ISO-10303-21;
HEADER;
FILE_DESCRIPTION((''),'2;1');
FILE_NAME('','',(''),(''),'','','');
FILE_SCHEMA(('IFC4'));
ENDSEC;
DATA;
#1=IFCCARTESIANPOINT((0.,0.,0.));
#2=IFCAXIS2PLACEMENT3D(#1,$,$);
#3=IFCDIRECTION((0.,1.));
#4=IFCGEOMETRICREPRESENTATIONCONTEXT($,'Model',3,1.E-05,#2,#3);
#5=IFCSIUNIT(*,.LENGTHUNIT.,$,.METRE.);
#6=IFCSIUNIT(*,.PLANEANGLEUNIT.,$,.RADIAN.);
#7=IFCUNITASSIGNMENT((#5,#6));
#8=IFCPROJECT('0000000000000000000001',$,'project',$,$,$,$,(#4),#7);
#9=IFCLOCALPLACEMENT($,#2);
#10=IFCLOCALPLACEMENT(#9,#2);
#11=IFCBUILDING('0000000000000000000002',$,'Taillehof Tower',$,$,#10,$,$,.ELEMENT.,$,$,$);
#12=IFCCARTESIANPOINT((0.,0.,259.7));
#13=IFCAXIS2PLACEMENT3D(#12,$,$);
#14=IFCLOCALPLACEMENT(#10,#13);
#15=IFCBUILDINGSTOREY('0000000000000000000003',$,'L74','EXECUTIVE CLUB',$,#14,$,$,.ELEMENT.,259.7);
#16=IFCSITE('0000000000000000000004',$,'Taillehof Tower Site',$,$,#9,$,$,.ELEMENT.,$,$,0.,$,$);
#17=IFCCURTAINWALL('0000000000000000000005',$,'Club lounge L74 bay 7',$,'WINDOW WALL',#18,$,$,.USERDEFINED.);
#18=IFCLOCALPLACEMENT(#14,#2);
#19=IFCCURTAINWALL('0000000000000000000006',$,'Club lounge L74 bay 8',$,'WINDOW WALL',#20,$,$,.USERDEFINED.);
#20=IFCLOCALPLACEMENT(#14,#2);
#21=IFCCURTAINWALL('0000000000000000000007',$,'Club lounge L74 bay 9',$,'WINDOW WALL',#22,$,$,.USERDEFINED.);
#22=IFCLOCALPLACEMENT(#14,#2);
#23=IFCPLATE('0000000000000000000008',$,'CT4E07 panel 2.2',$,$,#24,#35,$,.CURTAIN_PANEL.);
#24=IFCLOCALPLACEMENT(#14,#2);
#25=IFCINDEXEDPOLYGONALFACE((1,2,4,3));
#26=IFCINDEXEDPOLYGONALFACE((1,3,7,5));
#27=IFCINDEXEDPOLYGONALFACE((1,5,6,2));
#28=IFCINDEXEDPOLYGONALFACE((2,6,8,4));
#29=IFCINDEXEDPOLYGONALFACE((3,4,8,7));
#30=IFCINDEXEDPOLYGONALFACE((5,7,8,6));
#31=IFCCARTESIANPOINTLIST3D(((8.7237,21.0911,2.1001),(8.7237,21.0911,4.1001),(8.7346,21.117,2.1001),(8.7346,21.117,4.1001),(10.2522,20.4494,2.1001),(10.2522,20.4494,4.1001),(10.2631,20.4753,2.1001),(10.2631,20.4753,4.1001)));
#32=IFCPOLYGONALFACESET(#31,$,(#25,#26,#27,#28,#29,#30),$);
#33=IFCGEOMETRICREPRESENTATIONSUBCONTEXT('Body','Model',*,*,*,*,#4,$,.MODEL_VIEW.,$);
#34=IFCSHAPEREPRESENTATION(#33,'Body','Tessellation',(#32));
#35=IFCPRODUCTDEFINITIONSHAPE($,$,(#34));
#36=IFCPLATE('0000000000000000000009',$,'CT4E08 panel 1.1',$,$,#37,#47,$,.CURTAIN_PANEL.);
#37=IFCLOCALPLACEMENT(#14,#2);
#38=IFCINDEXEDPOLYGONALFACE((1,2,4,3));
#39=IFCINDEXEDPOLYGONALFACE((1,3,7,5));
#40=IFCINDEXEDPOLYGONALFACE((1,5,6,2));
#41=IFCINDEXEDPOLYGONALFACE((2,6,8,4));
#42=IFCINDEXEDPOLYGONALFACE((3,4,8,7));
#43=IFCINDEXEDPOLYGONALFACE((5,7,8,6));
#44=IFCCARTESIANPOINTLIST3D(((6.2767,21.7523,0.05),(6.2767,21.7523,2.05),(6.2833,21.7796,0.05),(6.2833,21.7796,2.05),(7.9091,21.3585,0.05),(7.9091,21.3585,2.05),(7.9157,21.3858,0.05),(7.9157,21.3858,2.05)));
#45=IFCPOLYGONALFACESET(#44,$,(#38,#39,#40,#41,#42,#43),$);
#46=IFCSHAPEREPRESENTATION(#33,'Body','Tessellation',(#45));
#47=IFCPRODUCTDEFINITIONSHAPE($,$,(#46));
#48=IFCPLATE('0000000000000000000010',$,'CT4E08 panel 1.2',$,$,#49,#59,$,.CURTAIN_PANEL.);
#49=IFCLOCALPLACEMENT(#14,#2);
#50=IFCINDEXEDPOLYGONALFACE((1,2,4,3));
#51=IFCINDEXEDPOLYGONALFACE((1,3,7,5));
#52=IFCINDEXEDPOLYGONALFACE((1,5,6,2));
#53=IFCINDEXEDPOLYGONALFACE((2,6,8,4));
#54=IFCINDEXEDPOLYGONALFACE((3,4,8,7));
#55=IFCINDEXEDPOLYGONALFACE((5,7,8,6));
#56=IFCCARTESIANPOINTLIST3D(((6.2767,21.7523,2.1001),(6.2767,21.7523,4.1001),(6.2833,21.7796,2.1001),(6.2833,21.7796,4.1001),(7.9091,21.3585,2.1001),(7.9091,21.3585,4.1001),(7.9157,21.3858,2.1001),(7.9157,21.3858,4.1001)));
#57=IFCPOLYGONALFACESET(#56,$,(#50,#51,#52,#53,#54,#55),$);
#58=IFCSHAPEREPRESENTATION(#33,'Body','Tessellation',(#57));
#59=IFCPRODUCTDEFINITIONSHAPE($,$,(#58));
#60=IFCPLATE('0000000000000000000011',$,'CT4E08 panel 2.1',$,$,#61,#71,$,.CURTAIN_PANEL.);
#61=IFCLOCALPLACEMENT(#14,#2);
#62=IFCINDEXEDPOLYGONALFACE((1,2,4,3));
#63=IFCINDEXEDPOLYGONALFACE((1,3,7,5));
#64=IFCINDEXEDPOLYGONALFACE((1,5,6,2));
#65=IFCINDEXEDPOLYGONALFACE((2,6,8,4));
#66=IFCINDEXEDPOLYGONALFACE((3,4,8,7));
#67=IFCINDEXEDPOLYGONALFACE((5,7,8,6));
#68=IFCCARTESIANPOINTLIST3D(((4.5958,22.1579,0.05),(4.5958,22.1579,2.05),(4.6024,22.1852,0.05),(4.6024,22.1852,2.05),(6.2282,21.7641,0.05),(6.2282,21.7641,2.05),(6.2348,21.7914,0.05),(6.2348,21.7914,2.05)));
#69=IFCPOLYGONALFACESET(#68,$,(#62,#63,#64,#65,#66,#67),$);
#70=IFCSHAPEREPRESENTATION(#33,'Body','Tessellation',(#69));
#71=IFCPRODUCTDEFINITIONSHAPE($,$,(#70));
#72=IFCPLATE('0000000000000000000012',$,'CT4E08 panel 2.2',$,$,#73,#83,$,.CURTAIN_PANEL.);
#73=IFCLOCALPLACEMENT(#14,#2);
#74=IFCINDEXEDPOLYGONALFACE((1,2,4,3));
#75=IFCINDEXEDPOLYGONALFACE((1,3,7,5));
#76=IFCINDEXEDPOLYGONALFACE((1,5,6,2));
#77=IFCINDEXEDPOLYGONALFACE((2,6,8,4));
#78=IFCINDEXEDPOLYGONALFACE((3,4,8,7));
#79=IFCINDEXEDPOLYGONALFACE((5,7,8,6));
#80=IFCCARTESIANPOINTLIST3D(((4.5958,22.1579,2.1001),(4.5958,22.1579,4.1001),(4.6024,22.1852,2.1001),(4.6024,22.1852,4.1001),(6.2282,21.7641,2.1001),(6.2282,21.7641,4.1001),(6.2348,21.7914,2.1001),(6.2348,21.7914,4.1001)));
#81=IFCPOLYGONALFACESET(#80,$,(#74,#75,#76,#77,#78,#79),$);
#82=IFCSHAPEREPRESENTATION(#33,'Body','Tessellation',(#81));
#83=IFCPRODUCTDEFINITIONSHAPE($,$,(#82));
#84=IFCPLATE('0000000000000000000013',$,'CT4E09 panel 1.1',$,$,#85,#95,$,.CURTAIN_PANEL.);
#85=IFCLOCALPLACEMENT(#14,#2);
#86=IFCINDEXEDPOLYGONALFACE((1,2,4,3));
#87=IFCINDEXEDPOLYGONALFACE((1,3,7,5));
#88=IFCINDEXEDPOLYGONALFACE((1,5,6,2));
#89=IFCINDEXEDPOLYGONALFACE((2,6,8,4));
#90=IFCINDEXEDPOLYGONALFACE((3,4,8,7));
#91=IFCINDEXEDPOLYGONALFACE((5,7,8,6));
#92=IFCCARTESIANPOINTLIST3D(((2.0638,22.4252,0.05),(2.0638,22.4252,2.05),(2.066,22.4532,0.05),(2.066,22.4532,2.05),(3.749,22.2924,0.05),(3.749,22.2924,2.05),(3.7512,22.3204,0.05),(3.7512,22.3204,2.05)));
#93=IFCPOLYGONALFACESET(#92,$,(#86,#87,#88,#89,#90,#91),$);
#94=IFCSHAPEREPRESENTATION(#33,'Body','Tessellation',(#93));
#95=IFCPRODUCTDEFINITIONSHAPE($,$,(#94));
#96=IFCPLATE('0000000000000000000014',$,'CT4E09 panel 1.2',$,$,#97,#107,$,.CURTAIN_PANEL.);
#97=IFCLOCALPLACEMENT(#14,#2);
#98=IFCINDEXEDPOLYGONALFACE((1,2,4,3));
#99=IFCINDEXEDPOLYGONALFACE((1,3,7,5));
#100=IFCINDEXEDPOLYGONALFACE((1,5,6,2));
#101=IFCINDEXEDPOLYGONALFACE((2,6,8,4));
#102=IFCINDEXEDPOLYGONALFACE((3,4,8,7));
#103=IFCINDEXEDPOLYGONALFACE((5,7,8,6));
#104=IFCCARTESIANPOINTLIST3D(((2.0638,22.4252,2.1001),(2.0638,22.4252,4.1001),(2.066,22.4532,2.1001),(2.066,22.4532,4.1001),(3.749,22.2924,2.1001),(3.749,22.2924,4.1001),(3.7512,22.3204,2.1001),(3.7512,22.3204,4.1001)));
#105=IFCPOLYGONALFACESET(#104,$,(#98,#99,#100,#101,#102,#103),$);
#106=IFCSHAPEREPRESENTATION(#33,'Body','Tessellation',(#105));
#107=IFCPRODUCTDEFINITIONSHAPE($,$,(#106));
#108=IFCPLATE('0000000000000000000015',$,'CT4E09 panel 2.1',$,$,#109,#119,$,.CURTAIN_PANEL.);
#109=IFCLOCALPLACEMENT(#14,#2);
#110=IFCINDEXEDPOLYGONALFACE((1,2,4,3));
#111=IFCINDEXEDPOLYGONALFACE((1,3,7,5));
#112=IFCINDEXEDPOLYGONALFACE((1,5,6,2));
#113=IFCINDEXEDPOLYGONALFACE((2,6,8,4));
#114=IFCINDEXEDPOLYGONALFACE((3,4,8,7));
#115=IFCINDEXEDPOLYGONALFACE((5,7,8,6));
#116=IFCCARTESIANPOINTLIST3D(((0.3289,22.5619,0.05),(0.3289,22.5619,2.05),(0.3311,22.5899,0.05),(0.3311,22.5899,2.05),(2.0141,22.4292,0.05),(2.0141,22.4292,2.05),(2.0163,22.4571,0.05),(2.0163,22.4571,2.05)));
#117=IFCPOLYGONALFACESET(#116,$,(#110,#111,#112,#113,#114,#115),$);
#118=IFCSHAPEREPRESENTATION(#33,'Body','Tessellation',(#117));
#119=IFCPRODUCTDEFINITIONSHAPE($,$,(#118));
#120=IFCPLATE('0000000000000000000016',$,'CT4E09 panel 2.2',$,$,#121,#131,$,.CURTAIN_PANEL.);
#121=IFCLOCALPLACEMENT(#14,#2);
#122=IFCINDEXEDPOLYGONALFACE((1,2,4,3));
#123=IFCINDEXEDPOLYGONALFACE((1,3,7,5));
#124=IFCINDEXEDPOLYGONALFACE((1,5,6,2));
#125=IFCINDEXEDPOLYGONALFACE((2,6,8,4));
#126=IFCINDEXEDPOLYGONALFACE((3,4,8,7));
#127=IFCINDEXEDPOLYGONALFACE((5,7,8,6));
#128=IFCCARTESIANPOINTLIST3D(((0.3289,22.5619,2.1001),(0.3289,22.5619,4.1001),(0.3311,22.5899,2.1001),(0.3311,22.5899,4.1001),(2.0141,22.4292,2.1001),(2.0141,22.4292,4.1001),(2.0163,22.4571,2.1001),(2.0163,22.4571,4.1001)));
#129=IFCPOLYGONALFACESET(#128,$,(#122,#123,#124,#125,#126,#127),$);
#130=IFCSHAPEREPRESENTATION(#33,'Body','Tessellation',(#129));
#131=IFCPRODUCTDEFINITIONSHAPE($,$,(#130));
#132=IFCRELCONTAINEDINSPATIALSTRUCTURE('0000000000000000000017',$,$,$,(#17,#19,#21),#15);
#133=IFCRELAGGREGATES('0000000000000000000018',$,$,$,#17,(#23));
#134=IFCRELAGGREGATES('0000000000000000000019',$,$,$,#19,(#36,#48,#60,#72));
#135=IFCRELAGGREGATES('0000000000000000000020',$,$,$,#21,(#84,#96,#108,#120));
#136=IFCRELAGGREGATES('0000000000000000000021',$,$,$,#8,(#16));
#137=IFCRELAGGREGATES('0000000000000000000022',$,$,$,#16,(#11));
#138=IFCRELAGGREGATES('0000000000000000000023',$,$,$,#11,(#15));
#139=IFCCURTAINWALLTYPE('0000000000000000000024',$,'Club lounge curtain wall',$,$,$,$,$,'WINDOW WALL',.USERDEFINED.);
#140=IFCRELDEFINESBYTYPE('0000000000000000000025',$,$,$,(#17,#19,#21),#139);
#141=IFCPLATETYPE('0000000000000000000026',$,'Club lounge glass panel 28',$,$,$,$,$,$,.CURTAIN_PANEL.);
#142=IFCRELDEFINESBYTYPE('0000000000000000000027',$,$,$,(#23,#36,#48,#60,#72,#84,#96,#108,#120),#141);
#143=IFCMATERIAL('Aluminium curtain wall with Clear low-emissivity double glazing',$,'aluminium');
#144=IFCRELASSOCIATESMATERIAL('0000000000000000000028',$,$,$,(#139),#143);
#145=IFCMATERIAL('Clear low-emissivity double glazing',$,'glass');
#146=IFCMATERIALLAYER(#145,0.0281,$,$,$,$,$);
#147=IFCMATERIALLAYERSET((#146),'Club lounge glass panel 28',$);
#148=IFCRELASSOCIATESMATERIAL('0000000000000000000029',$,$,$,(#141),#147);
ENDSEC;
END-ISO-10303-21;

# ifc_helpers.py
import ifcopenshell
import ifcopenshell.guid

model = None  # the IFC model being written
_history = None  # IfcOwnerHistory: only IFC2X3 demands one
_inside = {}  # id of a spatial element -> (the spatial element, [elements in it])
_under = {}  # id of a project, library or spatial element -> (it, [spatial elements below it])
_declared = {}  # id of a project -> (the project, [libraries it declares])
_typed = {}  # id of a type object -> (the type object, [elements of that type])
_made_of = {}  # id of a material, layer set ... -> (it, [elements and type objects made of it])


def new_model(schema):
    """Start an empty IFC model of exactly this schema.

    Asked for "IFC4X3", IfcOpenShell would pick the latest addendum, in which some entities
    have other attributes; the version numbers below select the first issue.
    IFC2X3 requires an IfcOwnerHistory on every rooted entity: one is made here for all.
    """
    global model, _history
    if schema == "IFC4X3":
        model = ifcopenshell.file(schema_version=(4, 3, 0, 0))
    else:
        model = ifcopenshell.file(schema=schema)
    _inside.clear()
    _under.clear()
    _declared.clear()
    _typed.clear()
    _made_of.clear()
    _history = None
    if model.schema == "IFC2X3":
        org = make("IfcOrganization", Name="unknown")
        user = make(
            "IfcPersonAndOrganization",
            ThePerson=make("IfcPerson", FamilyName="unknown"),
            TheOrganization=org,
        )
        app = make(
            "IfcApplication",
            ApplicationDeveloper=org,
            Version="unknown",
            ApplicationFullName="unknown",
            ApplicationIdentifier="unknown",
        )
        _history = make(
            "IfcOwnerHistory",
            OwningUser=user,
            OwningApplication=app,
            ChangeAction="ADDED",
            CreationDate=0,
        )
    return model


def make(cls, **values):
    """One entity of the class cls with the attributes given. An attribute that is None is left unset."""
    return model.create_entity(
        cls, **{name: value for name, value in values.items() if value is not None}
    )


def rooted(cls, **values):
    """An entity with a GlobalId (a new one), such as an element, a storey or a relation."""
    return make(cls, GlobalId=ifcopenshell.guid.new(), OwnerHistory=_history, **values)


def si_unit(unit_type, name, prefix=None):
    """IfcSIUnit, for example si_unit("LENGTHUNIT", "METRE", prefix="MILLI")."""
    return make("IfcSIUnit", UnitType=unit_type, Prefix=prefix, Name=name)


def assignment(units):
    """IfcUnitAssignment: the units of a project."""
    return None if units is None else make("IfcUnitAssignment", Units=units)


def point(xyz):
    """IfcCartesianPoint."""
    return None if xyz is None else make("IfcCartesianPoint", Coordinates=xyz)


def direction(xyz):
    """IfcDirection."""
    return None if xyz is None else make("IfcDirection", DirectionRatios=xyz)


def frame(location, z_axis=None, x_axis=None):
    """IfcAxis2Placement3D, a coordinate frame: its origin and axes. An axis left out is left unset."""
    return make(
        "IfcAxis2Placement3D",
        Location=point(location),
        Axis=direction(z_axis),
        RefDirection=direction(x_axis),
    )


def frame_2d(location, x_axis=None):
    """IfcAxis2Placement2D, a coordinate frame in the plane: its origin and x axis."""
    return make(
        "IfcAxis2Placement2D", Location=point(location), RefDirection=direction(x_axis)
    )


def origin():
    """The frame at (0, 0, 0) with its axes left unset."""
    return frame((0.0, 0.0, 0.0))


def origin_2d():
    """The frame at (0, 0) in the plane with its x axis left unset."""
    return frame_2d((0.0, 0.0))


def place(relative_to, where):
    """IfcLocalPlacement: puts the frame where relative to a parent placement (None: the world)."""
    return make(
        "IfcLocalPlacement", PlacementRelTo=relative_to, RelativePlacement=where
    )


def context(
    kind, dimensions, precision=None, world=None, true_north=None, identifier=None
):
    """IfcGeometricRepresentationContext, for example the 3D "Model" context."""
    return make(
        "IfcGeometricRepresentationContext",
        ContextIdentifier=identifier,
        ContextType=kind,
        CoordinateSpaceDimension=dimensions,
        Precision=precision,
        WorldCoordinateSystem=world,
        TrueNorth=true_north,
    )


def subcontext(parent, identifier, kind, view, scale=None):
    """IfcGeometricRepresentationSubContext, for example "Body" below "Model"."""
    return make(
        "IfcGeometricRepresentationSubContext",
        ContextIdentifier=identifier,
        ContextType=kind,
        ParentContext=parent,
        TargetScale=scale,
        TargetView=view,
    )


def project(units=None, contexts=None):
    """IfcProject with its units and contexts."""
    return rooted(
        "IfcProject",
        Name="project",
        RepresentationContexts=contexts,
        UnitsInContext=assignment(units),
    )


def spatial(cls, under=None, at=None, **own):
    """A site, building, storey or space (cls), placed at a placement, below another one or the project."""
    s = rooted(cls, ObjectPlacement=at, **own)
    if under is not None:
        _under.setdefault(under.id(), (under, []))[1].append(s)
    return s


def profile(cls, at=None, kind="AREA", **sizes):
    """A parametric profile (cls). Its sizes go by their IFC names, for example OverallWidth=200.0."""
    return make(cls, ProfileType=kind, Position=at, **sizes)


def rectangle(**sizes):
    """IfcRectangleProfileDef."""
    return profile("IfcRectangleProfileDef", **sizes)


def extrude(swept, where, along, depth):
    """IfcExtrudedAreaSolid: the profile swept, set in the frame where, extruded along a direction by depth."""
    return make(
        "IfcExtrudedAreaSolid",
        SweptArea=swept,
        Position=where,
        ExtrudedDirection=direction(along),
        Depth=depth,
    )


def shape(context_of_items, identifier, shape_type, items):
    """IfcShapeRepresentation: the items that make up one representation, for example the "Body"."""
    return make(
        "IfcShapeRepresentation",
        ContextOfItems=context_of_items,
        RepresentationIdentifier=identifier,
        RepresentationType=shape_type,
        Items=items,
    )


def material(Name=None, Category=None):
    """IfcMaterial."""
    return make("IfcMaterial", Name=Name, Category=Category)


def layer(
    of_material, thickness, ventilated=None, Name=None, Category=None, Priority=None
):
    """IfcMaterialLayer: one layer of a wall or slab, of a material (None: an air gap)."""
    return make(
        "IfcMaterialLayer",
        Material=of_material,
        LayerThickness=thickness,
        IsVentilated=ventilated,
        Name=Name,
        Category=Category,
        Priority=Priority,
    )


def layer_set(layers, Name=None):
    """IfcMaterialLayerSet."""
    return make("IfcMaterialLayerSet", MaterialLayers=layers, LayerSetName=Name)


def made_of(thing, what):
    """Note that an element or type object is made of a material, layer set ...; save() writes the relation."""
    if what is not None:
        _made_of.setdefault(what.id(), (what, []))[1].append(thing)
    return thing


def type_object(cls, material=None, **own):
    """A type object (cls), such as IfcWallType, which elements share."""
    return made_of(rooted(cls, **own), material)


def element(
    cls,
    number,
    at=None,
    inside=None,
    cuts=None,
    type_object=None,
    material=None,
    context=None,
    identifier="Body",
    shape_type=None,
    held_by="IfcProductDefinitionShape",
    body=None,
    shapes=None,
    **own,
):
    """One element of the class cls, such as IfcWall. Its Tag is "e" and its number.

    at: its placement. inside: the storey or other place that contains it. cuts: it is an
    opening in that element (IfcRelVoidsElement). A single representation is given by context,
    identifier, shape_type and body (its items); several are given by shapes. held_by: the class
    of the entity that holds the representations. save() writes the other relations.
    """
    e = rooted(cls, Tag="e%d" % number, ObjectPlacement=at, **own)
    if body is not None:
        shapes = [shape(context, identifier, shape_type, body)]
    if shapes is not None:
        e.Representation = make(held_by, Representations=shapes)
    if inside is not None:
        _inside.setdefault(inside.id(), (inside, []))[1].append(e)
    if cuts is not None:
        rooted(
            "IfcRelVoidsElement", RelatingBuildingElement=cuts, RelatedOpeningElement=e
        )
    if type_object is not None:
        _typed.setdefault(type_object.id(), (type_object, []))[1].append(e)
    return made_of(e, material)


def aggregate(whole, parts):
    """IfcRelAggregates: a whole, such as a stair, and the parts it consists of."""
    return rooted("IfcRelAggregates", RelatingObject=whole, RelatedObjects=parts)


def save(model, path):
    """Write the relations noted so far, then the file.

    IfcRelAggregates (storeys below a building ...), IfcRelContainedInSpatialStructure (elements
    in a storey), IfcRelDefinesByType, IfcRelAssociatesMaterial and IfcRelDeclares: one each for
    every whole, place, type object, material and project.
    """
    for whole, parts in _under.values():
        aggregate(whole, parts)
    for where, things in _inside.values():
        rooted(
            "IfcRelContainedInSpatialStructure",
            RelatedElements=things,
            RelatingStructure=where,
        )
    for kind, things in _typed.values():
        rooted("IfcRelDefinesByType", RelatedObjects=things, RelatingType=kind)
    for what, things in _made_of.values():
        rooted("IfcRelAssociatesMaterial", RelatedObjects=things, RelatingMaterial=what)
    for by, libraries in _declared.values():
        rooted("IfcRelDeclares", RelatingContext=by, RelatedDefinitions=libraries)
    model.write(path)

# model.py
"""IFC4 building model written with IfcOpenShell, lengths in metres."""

from ifc_helpers import new_model, si_unit, direction, frame, origin, origin_2d, place, context, subcontext, project, spatial, rectangle, extrude, material, layer, layer_set, type_object, element, aggregate, save


model = new_model("IFC4")

# Units and contexts
model_context = context("Model", 3, precision=1e-05, world=origin(), true_north=direction((0.0, 1.0)))
body_context = subcontext(model_context, "Body", "Model", "MODEL_VIEW")
ifc_project = project(units=[si_unit("LENGTHUNIT", "METRE"), si_unit("PLANEANGLEUNIT", "RADIAN")], contexts=[model_context])

# Site, building, storey
site_placement = place(None, origin())
site = spatial("IfcSite", under=ifc_project, at=site_placement, Name="Taillehof Tower Site", CompositionType="ELEMENT", RefElevation=0.0)
building_placement = place(site_placement, origin())
building = spatial("IfcBuilding", under=site, at=building_placement, Name="Taillehof Tower", CompositionType="ELEMENT")
storey_placement = place(building_placement, frame((0.0, 0.0, 259.7)))
storey = spatial("IfcBuildingStorey", under=building, at=storey_placement, Name="L74", Description="EXECUTIVE CLUB", CompositionType="ELEMENT", Elevation=259.7)

# Curtain wall
ifc_material_1 = material(Name="Aluminium curtain wall with Clear low-emissivity double glazing", Category="aluminium")
curtain_wall_type = type_object("IfcCurtainWallType", Name="Club lounge curtain wall", ElementType="WINDOW WALL", PredefinedType="USERDEFINED", material=ifc_material_1)
curtain_wall_1_placement = place(storey_placement, origin())
curtain_wall_1 = element("IfcCurtainWall", 1, at=curtain_wall_1_placement, inside=storey, type_object=curtain_wall_type, Name="Club lounge L74 bay 7", ObjectType="WINDOW WALL", PredefinedType="USERDEFINED")

# Curtain walls
curtain_wall_2_placement = place(storey_placement, origin())
curtain_wall_2 = element("IfcCurtainWall", 2, at=curtain_wall_2_placement, inside=storey, type_object=curtain_wall_type, Name="Club lounge L74 bay 8", ObjectType="WINDOW WALL", PredefinedType="USERDEFINED")
curtain_wall_3_placement = place(storey_placement, origin())
curtain_wall_3 = element("IfcCurtainWall", 3, at=curtain_wall_3_placement, inside=storey, type_object=curtain_wall_type, Name="Club lounge L74 bay 9", ObjectType="WINDOW WALL", PredefinedType="USERDEFINED")

# Plates
ifc_material_2 = material(Name="Clear low-emissivity double glazing", Category="glass")
ifc_layer = layer(ifc_material_2, 0.0281)
ifc_layer_set = layer_set([ifc_layer], Name="Club lounge glass panel 28")
plate_type = type_object("IfcPlateType", Name="Club lounge glass panel 28", PredefinedType="CURTAIN_PANEL", material=ifc_layer_set)
plate_1_placement = place(storey_placement, frame((9.4934, 20.7832, 2.1001), z_axis=(0.0, 0.0, 1.0), x_axis=(-0.922037, 0.387101, 0.0)))
plate_1 = element("IfcPlate", 4, at=plate_1_placement, type_object=plate_type, Name="CT4E07 panel 2.2", PredefinedType="CURTAIN_PANEL", context=body_context, shape_type="SweptSolid", body=[
    extrude(rectangle(XDim=1.6577, YDim=0.0281, at=origin_2d()), origin(), (0.0, 0.0, 1.0), 2.0),
])
aggregate(curtain_wall_1, [plate_1])
plate_2_placement = place(storey_placement, frame((7.0962, 21.5691, 0.05), z_axis=(0.0, 0.0, 1.0), x_axis=(-0.972113, 0.234515, 0.0)))
plate_2 = element("IfcPlate", 5, at=plate_2_placement, type_object=plate_type, Name="CT4E08 panel 1.1", PredefinedType="CURTAIN_PANEL", context=body_context, shape_type="SweptSolid", body=[
    extrude(rectangle(XDim=1.6792, YDim=0.0281, at=origin_2d()), origin(), (0.0, 0.0, 1.0), 2.0),
])
plate_3_placement = place(storey_placement, frame((7.0962, 21.5691, 2.1001), z_axis=(0.0, 0.0, 1.0), x_axis=(-0.972113, 0.234515, 0.0)))
plate_3 = element("IfcPlate", 6, at=plate_3_placement, type_object=plate_type, Name="CT4E08 panel 1.2", PredefinedType="CURTAIN_PANEL", context=body_context, shape_type="SweptSolid", body=[
    extrude(rectangle(XDim=1.6792, YDim=0.0281, at=origin_2d()), origin(), (0.0, 0.0, 1.0), 2.0),
])
plate_4_placement = place(storey_placement, frame((5.4153, 21.9746, 0.05), z_axis=(0.0, 0.0, 1.0), x_axis=(-0.972113, 0.234515, 0.0)))
plate_4 = element("IfcPlate", 7, at=plate_4_placement, type_object=plate_type, Name="CT4E08 panel 2.1", PredefinedType="CURTAIN_PANEL", context=body_context, shape_type="SweptSolid", body=[
    extrude(rectangle(XDim=1.6792, YDim=0.0281, at=origin_2d()), origin(), (0.0, 0.0, 1.0), 2.0),
])
plate_5_placement = place(storey_placement, frame((5.4153, 21.9746, 2.1001), z_axis=(0.0, 0.0, 1.0), x_axis=(-0.972113, 0.234515, 0.0)))
plate_5 = element("IfcPlate", 8, at=plate_5_placement, type_object=plate_type, Name="CT4E08 panel 2.2", PredefinedType="CURTAIN_PANEL", context=body_context, shape_type="SweptSolid", body=[
    extrude(rectangle(XDim=1.6792, YDim=0.0281, at=origin_2d()), origin(), (0.0, 0.0, 1.0), 2.0),
])
aggregate(curtain_wall_2, [plate_2, plate_3, plate_4, plate_5])
plate_6_placement = place(storey_placement, frame((2.9075, 22.3728, 0.05), z_axis=(0.0, 0.0, 1.0), x_axis=(-0.996912, 0.078525, 0.0)))
plate_6 = element("IfcPlate", 9, at=plate_6_placement, type_object=plate_type, Name="CT4E09 panel 1.1", PredefinedType="CURTAIN_PANEL", context=body_context, shape_type="SweptSolid", body=[
    extrude(rectangle(XDim=1.6904, YDim=0.0281, at=origin_2d()), origin(), (0.0, 0.0, 1.0), 2.0),
])
plate_7_placement = place(storey_placement, frame((2.9075, 22.3728, 2.1001), z_axis=(0.0, 0.0, 1.0), x_axis=(-0.996912, 0.078525, 0.0)))
plate_7 = element("IfcPlate", 10, at=plate_7_placement, type_object=plate_type, Name="CT4E09 panel 1.2", PredefinedType="CURTAIN_PANEL", context=body_context, shape_type="SweptSolid", body=[
    extrude(rectangle(XDim=1.6904, YDim=0.0281, at=origin_2d()), origin(), (0.0, 0.0, 1.0), 2.0),
])
plate_8_placement = place(storey_placement, frame((1.1726, 22.5095, 0.05), z_axis=(0.0, 0.0, 1.0), x_axis=(-0.996912, 0.078525, 0.0)))
plate_8 = element("IfcPlate", 11, at=plate_8_placement, type_object=plate_type, Name="CT4E09 panel 2.1", PredefinedType="CURTAIN_PANEL", context=body_context, shape_type="SweptSolid", body=[
    extrude(rectangle(XDim=1.6904, YDim=0.0281, at=origin_2d()), origin(), (0.0, 0.0, 1.0), 2.0),
])
plate_9_placement = place(storey_placement, frame((1.1726, 22.5095, 2.1001), z_axis=(0.0, 0.0, 1.0), x_axis=(-0.996912, 0.078525, 0.0)))
plate_9 = element("IfcPlate", 12, at=plate_9_placement, type_object=plate_type, Name="CT4E09 panel 2.2", PredefinedType="CURTAIN_PANEL", context=body_context, shape_type="SweptSolid", body=[
    extrude(rectangle(XDim=1.6904, YDim=0.0281, at=origin_2d()), origin(), (0.0, 0.0, 1.0), 2.0),
])
aggregate(curtain_wall_3, [plate_6, plate_7, plate_8, plate_9])

save(model, "model.ifc")
